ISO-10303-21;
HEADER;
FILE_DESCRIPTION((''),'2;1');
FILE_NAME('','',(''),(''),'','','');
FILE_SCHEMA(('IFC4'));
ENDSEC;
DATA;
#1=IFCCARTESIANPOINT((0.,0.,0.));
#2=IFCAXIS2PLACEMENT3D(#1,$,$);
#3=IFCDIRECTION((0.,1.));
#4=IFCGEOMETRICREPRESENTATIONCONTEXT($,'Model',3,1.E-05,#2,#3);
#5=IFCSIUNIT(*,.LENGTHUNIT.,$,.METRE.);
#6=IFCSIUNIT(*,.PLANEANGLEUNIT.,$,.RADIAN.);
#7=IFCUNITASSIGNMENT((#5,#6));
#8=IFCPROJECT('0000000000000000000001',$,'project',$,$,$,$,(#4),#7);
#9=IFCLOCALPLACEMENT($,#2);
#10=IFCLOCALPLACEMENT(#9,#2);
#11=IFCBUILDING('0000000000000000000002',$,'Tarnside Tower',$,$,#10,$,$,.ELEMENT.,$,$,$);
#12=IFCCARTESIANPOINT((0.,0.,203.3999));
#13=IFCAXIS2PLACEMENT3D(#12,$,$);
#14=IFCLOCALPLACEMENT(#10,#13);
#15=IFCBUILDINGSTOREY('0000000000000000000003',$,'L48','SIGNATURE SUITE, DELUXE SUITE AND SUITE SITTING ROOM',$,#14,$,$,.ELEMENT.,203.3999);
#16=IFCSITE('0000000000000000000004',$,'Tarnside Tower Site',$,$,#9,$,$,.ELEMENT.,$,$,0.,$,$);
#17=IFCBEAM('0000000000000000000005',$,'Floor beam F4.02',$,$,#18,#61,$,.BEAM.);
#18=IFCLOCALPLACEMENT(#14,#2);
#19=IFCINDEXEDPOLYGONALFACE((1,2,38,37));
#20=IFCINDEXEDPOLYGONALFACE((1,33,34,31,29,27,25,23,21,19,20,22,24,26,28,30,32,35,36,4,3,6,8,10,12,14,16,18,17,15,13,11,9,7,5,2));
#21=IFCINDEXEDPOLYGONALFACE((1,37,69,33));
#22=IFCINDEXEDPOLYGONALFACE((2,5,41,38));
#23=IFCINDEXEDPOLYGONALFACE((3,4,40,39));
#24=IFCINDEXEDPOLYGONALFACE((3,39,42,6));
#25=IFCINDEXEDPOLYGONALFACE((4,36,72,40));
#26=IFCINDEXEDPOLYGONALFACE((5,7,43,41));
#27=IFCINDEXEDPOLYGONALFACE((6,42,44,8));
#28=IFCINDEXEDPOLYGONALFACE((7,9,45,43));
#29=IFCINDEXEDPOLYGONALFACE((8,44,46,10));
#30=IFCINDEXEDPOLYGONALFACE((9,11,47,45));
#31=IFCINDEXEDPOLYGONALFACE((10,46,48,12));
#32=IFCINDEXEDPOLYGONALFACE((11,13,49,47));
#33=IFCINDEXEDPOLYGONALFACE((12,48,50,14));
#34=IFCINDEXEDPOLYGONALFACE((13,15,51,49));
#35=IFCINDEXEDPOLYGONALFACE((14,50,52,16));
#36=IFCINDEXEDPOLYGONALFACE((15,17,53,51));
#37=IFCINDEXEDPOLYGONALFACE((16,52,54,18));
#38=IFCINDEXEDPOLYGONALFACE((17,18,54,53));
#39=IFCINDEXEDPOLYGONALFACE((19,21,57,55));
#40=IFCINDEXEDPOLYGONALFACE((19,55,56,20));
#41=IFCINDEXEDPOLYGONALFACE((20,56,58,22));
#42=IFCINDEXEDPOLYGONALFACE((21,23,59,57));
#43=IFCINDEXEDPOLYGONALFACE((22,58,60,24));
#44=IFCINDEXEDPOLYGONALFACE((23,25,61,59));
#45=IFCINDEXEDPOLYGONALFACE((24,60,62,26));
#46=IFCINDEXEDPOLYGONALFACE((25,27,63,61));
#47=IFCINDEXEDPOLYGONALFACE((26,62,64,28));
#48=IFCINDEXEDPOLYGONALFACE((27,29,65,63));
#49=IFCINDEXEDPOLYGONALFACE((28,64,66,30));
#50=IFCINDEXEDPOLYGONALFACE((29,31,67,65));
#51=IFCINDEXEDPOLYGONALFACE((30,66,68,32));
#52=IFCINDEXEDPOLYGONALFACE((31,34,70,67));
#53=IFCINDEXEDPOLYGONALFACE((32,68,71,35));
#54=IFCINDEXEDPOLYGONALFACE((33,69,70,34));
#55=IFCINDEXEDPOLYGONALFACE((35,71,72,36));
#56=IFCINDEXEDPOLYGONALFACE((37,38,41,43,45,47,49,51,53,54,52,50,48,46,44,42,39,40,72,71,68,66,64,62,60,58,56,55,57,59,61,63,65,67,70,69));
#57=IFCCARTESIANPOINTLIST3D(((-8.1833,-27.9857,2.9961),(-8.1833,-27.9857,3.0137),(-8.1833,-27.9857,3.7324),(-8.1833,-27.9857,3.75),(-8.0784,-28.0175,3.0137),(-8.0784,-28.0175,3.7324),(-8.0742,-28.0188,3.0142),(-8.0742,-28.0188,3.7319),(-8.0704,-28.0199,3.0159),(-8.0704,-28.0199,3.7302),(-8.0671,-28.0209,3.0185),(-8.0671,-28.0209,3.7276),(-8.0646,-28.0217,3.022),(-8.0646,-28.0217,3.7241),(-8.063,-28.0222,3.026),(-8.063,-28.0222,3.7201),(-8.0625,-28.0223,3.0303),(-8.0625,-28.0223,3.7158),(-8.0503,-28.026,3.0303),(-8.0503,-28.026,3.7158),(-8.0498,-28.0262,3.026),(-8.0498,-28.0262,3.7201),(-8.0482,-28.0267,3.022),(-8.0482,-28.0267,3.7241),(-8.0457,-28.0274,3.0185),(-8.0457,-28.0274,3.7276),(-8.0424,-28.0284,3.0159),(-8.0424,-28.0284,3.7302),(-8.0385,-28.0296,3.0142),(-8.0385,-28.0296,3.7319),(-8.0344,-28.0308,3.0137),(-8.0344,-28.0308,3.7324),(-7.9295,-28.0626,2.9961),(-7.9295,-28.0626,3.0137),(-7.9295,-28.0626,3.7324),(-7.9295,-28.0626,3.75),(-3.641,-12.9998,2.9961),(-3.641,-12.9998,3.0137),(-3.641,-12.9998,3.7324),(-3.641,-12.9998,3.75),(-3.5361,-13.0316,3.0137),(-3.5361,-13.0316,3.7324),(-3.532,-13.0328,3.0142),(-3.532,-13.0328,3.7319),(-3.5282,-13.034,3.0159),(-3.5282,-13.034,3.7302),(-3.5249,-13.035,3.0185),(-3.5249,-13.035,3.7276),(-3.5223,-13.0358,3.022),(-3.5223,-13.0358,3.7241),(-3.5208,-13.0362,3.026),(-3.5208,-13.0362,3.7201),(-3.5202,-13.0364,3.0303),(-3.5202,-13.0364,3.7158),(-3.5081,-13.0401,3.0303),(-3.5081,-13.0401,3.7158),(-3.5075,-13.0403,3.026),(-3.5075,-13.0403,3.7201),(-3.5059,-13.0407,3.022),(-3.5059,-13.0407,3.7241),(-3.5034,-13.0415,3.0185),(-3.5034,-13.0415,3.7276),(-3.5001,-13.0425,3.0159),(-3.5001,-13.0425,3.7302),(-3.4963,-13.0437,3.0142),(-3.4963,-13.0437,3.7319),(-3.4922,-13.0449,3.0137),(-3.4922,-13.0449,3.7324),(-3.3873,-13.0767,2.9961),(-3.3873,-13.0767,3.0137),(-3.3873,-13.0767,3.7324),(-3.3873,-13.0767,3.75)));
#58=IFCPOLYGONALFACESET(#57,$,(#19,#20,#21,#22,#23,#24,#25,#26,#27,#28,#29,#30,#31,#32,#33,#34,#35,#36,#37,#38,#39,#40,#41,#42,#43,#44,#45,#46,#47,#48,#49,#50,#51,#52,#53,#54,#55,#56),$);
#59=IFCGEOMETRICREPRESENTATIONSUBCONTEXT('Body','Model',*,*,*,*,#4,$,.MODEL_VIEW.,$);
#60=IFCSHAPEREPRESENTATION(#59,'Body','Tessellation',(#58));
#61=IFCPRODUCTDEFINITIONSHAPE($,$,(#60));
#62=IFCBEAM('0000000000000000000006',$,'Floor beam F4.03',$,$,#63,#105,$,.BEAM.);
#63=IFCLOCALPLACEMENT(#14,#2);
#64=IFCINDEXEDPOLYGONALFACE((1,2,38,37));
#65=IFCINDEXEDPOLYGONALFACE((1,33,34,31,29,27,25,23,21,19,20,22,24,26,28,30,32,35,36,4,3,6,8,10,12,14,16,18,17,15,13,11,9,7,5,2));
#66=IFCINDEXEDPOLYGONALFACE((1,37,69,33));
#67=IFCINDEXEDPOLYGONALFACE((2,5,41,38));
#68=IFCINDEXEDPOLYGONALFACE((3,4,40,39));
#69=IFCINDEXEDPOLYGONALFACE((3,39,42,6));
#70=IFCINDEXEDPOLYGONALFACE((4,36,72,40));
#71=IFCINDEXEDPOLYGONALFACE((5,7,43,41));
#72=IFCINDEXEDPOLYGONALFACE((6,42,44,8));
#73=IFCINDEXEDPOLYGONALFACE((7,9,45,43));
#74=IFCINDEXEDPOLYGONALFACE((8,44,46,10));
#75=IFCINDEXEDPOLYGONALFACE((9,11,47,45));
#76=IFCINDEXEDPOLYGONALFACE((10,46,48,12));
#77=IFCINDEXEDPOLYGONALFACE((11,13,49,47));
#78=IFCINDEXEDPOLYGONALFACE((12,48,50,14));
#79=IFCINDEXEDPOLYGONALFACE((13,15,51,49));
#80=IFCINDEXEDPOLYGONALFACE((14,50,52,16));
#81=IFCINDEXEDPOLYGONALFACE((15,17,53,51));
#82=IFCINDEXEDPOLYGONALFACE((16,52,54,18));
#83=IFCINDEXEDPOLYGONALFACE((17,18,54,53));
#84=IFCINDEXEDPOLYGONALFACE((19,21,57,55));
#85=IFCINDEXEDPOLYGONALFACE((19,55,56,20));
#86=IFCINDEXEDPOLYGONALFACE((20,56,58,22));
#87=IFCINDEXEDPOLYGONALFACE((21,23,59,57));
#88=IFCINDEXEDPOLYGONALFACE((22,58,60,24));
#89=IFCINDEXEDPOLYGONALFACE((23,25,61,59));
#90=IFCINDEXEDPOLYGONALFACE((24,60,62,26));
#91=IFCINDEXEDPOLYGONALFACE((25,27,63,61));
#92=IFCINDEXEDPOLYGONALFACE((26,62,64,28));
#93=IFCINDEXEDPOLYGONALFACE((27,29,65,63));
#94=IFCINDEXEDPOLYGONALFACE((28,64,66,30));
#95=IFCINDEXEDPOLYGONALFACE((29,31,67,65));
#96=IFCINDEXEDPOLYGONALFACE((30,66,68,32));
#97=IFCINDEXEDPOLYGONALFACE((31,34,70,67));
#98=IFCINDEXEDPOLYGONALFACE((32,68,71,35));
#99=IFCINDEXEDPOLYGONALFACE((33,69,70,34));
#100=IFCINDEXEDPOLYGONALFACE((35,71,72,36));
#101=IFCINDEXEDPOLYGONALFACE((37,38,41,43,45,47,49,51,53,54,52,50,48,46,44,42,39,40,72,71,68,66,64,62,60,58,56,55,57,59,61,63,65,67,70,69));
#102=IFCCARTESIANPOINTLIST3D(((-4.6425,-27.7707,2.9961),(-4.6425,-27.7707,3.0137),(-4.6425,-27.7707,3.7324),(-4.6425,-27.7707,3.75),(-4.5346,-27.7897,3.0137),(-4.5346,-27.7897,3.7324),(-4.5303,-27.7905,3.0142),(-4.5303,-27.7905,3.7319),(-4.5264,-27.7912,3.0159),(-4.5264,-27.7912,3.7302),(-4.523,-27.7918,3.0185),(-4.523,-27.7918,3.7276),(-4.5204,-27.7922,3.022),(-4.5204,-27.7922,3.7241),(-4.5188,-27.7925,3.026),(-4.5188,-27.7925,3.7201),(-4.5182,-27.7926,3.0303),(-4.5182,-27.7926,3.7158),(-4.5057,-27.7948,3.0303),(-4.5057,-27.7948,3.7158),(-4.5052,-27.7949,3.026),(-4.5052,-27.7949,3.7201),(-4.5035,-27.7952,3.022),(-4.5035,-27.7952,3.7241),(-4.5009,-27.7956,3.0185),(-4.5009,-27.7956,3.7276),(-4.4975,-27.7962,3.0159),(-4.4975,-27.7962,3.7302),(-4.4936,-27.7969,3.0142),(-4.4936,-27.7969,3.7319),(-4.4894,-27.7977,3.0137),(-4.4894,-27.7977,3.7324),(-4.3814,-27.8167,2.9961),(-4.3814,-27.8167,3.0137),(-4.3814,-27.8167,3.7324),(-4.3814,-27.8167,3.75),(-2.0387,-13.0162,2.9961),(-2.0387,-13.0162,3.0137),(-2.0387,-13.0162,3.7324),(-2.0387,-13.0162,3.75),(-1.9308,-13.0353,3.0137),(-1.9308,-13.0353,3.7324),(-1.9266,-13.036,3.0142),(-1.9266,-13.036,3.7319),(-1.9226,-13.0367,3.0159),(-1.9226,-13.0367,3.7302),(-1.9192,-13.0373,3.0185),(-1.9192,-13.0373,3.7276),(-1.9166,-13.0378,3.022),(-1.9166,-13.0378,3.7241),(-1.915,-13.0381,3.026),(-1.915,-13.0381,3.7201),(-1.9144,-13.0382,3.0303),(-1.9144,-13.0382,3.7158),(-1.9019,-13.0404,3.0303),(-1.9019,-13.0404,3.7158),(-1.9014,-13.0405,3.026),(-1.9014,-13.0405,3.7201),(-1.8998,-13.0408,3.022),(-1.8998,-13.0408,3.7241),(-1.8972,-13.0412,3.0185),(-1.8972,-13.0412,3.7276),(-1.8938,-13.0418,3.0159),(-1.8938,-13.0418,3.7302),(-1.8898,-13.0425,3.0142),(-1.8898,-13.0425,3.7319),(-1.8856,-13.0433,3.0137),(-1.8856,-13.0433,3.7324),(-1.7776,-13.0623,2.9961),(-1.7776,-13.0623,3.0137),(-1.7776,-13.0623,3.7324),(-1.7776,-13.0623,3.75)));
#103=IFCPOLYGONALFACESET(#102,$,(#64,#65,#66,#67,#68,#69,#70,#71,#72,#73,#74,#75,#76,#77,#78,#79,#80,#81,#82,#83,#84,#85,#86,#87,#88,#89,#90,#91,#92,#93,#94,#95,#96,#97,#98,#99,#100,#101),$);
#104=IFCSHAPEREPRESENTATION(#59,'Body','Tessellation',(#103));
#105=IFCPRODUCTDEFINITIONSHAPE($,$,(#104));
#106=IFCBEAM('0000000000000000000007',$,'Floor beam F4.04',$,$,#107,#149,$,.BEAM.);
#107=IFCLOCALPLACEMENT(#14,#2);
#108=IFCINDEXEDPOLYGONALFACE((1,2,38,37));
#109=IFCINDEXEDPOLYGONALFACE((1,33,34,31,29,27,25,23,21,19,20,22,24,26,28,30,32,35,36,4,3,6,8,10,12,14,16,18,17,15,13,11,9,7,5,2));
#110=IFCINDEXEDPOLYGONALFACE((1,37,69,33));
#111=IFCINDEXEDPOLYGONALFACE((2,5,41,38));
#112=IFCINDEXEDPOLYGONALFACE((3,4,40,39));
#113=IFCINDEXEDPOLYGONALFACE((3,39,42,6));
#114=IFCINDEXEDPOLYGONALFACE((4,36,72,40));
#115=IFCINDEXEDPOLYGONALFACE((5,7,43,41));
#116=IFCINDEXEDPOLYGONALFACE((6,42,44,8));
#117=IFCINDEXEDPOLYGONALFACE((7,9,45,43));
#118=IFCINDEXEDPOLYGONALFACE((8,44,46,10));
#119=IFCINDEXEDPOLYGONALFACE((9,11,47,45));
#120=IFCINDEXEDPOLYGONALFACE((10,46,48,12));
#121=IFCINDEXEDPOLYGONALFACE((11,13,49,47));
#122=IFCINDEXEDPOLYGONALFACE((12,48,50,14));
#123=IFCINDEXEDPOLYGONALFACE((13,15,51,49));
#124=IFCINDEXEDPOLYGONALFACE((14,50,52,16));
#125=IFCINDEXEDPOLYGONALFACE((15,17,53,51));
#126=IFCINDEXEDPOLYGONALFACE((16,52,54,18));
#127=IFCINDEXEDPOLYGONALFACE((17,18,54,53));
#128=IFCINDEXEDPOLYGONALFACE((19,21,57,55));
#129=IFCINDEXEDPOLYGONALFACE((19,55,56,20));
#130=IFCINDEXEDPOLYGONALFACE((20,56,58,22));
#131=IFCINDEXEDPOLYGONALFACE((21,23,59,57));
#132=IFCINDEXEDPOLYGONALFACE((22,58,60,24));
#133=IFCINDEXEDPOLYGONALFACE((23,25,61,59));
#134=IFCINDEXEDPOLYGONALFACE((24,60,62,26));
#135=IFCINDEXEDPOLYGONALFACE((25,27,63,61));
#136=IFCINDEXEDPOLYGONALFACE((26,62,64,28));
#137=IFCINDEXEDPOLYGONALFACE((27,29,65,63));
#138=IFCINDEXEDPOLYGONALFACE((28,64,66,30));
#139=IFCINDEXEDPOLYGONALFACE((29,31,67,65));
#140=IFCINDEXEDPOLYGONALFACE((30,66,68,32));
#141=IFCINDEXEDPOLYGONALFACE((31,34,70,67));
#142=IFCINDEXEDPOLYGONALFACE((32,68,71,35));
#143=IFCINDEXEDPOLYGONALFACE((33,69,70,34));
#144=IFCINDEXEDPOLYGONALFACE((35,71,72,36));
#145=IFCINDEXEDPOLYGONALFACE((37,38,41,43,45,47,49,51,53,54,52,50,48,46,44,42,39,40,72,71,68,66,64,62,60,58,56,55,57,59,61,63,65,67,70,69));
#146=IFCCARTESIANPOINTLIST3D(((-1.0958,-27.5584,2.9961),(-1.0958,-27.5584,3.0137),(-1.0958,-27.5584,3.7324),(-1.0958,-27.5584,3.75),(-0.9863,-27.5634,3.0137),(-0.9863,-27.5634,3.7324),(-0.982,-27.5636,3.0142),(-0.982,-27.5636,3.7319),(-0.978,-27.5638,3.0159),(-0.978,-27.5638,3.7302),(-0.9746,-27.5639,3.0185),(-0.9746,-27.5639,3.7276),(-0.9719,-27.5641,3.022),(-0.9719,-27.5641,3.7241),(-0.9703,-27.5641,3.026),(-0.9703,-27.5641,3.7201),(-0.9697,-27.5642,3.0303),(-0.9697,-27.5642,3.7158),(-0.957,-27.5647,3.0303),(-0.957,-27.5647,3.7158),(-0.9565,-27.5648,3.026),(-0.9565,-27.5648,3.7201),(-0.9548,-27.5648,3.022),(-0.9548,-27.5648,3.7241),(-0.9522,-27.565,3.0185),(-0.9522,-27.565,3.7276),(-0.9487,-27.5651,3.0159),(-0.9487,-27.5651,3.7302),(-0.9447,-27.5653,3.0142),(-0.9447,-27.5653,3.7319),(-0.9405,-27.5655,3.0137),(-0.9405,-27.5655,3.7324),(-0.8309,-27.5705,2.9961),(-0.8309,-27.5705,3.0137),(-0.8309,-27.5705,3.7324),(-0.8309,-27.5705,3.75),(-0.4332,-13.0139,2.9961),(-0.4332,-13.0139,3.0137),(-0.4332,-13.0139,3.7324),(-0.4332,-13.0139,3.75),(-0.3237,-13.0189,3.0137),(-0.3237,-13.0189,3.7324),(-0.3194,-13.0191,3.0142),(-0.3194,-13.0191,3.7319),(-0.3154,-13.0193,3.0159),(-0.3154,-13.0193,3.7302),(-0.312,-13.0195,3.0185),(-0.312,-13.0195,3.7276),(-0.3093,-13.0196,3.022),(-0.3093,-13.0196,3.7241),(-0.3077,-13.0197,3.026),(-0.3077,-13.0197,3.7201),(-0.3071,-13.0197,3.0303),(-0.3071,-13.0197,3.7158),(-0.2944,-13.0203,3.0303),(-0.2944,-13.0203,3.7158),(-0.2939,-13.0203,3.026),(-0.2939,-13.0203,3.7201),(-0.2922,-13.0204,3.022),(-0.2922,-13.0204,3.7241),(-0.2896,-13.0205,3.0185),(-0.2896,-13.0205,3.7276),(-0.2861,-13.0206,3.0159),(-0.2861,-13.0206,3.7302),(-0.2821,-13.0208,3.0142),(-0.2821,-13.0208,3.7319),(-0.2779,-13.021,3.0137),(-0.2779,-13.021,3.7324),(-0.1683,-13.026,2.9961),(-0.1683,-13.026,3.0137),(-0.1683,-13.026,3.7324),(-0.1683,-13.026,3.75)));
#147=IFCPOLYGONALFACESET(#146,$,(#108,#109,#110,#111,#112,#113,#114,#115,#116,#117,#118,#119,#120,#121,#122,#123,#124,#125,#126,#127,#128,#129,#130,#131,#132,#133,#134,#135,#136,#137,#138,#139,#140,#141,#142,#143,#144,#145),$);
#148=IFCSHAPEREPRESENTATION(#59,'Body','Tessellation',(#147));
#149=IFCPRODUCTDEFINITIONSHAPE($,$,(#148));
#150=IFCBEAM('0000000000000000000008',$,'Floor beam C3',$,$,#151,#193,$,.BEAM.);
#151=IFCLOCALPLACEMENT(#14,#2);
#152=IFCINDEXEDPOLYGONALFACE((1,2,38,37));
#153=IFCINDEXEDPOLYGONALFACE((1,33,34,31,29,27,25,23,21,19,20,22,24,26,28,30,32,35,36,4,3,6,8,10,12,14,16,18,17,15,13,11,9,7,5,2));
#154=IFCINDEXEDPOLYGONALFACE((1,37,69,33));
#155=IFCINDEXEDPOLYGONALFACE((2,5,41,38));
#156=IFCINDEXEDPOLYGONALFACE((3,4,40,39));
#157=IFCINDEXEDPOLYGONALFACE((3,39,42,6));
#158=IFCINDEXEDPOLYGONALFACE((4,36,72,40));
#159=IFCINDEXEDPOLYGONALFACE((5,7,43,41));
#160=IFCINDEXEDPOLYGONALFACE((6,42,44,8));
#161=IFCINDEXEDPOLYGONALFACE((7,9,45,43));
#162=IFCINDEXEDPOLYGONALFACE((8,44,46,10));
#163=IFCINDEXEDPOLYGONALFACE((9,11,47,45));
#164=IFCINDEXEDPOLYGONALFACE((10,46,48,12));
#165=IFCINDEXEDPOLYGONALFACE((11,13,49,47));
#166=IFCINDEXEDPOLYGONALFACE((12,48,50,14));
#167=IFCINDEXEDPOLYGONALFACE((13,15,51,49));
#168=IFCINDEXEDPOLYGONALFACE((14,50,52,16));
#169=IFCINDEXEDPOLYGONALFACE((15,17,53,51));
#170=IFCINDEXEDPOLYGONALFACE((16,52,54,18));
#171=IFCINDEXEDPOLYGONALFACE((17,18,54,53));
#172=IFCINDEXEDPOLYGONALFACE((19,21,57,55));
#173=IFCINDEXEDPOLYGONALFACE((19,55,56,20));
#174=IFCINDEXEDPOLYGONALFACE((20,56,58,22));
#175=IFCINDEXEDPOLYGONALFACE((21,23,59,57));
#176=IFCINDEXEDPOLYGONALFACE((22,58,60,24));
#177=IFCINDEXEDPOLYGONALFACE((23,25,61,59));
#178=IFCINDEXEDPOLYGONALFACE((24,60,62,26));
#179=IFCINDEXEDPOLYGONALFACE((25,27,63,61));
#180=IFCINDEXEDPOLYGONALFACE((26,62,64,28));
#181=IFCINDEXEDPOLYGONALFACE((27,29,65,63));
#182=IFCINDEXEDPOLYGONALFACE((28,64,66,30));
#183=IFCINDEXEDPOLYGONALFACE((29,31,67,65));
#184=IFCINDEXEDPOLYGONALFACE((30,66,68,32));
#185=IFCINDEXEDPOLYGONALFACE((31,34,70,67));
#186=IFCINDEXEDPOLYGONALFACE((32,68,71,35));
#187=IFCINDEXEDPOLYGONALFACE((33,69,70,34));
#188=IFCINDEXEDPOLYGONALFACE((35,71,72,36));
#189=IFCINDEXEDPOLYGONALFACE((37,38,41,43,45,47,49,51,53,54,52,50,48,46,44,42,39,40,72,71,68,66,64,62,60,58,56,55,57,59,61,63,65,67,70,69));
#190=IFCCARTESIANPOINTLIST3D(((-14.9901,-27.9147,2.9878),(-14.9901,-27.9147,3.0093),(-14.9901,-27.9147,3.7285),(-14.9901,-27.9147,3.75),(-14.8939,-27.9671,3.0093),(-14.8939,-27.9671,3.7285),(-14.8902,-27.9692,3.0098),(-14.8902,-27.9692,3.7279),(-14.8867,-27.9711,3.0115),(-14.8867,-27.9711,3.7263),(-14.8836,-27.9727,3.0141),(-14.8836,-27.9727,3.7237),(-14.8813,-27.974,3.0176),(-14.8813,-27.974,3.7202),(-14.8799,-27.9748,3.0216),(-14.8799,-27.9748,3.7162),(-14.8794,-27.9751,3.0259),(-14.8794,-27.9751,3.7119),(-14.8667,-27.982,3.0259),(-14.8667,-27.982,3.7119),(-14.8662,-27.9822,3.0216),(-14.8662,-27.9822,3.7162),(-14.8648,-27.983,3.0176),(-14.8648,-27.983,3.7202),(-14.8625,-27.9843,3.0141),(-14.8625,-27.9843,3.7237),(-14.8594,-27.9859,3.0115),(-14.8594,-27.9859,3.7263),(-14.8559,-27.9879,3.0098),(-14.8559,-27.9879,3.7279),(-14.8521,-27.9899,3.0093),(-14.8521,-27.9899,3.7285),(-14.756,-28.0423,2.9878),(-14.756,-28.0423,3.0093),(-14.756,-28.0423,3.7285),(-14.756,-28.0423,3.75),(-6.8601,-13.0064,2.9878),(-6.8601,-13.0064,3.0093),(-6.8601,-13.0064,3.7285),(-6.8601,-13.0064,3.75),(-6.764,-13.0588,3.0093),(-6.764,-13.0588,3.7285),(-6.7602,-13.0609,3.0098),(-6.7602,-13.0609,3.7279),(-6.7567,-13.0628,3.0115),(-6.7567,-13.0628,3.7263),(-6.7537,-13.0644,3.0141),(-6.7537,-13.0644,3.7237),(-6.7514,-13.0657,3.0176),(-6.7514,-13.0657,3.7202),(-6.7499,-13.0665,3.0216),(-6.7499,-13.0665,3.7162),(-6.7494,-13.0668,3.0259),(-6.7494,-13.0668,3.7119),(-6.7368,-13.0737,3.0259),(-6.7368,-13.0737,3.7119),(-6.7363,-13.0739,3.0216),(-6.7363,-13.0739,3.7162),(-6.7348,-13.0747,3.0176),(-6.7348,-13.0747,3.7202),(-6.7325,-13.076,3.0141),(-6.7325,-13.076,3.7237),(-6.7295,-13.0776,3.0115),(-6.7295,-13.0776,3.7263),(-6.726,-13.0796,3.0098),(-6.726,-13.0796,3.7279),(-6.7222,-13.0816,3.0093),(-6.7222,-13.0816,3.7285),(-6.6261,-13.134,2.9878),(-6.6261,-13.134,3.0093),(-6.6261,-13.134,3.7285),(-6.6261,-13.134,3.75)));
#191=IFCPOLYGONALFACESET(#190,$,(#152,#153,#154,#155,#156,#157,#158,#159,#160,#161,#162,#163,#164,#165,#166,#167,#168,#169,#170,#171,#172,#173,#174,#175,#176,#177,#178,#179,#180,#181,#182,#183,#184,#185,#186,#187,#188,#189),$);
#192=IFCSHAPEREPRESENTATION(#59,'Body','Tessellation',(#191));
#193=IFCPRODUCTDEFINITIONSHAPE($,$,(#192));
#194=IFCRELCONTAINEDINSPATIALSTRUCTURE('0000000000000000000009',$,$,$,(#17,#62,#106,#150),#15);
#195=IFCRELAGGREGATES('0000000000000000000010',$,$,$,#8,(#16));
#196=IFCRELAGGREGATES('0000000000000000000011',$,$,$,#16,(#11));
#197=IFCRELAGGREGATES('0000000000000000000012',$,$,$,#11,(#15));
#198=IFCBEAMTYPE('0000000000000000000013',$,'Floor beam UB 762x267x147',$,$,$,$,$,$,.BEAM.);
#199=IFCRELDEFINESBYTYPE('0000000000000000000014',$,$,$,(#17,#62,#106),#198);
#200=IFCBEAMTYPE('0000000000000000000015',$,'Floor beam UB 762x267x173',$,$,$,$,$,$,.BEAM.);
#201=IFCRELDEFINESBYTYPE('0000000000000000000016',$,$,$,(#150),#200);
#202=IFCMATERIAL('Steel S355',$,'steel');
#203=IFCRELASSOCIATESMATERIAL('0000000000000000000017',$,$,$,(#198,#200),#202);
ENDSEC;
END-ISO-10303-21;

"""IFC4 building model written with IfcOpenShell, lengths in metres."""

from ifc_helpers import new_model, si_unit, direction, frame, origin, origin_2d, place, context, subcontext, project, spatial, i_section, extrude, material, material_profile, profile_set, type_object, element, save


model = new_model("IFC4")

# Units and contexts
model_context = context("Model", 3, precision=1e-05, world=origin(), true_north=direction((0.0, 1.0)))
body_context = subcontext(model_context, "Body", "Model", "MODEL_VIEW")
ifc_project = project(units=[si_unit("LENGTHUNIT", "METRE"), si_unit("PLANEANGLEUNIT", "RADIAN")], contexts=[model_context])

# Site, building, storey
site_placement = place(None, origin())
site = spatial("IfcSite", under=ifc_project, at=site_placement, Name="Tarnside Tower Site", CompositionType="ELEMENT", RefElevation=0.0)
building_placement = place(site_placement, origin())
building = spatial("IfcBuilding", under=site, at=building_placement, Name="Tarnside Tower", CompositionType="ELEMENT")
storey_placement = place(building_placement, frame((0.0, 0.0, 203.3999)))
storey = spatial("IfcBuildingStorey", under=building, at=storey_placement, Name="L48", Description="SIGNATURE SUITE, DELUXE SUITE AND SUITE SITTING ROOM", CompositionType="ELEMENT", Elevation=203.3999)

# Beams
ifc_material_1 = material(Name="Steel S355", Category="steel")
ifc_material_profile_1 = material_profile(ifc_material_1, i_section(OverallWidth=0.2651, OverallDepth=0.7539, WebThickness=0.0127, FlangeThickness=0.0176, FilletRadius=0.0166, at=origin_2d()), Name="UB 762x267x147")
ifc_profile_set_1 = profile_set([ifc_material_profile_1], Name="Steel S355")
beam_type_1 = type_object("IfcBeamType", Name="Floor beam UB 762x267x147", PredefinedType="BEAM", material=ifc_profile_set_1)
beam_1_placement = place(storey_placement, frame((-8.0564, -28.0242, 3.373), z_axis=(0.29007, 0.957005, 0.0), x_axis=(-0.957005, 0.29007, 0.0)))
element("IfcBeam", 1, at=beam_1_placement, inside=storey, type_object=beam_type_1, Name="Floor beam F4.02", PredefinedType="BEAM", context=body_context, shape_type="SweptSolid", body=[
    extrude(i_section(OverallWidth=0.2651, OverallDepth=0.7539, WebThickness=0.0127, FlangeThickness=0.0176, FilletRadius=0.0166, at=origin_2d()), origin(), (0.0, 0.0, 1.0), 15.6592),
])
beam_2_placement = place(storey_placement, frame((-4.512, -27.7937, 3.373), z_axis=(0.173788, 0.984783, 0.0), x_axis=(-0.984783, 0.173788, 0.0)))
element("IfcBeam", 2, at=beam_2_placement, inside=storey, type_object=beam_type_1, Name="Floor beam F4.03", PredefinedType="BEAM", context=body_context, shape_type="SweptSolid", body=[
    extrude(i_section(OverallWidth=0.2651, OverallDepth=0.7539, WebThickness=0.0127, FlangeThickness=0.0176, FilletRadius=0.0166, at=origin_2d()), origin(), (0.0, 0.0, 1.0), 14.9824),
])
beam_3_placement = place(storey_placement, frame((-0.9634, -27.5645, 3.373), z_axis=(0.04551, 0.998964, 0.0), x_axis=(-0.998964, 0.04551, 0.0)))
element("IfcBeam", 3, at=beam_3_placement, inside=storey, type_object=beam_type_1, Name="Floor beam F4.04", PredefinedType="BEAM", context=body_context, shape_type="SweptSolid", body=[
    extrude(i_section(OverallWidth=0.2651, OverallDepth=0.7539, WebThickness=0.0127, FlangeThickness=0.0176, FilletRadius=0.0166, at=origin_2d()), origin(), (0.0, 0.0, 1.0), 14.5596),
])
ifc_material_profile_2 = material_profile(ifc_material_1, i_section(OverallWidth=0.2666, OverallDepth=0.7622, WebThickness=0.0144, FlangeThickness=0.0215, FilletRadius=0.0166, at=origin_2d()), Name="UB 762x267x173")
ifc_profile_set_2 = profile_set([ifc_material_profile_2], Name="Steel S355")
beam_type_2 = type_object("IfcBeamType", Name="Floor beam UB 762x267x173", PredefinedType="BEAM", material=ifc_profile_set_2)
beam_4_placement = place(storey_placement, frame((-14.873, -27.9785, 3.3689), z_axis=(0.478768, 0.877942, 0.0), x_axis=(-0.877942, 0.478768, 0.0)))
element("IfcBeam", 4, at=beam_4_placement, inside=storey, type_object=beam_type_2, Name="Floor beam C3", PredefinedType="BEAM", context=body_context, shape_type="SweptSolid", body=[
    extrude(i_section(OverallWidth=0.2666, OverallDepth=0.7622, WebThickness=0.0144, FlangeThickness=0.0215, FilletRadius=0.0166, at=origin_2d()), origin(), (0.0, 0.0, 1.0), 16.981),
])

save(model, "model.ifc")
